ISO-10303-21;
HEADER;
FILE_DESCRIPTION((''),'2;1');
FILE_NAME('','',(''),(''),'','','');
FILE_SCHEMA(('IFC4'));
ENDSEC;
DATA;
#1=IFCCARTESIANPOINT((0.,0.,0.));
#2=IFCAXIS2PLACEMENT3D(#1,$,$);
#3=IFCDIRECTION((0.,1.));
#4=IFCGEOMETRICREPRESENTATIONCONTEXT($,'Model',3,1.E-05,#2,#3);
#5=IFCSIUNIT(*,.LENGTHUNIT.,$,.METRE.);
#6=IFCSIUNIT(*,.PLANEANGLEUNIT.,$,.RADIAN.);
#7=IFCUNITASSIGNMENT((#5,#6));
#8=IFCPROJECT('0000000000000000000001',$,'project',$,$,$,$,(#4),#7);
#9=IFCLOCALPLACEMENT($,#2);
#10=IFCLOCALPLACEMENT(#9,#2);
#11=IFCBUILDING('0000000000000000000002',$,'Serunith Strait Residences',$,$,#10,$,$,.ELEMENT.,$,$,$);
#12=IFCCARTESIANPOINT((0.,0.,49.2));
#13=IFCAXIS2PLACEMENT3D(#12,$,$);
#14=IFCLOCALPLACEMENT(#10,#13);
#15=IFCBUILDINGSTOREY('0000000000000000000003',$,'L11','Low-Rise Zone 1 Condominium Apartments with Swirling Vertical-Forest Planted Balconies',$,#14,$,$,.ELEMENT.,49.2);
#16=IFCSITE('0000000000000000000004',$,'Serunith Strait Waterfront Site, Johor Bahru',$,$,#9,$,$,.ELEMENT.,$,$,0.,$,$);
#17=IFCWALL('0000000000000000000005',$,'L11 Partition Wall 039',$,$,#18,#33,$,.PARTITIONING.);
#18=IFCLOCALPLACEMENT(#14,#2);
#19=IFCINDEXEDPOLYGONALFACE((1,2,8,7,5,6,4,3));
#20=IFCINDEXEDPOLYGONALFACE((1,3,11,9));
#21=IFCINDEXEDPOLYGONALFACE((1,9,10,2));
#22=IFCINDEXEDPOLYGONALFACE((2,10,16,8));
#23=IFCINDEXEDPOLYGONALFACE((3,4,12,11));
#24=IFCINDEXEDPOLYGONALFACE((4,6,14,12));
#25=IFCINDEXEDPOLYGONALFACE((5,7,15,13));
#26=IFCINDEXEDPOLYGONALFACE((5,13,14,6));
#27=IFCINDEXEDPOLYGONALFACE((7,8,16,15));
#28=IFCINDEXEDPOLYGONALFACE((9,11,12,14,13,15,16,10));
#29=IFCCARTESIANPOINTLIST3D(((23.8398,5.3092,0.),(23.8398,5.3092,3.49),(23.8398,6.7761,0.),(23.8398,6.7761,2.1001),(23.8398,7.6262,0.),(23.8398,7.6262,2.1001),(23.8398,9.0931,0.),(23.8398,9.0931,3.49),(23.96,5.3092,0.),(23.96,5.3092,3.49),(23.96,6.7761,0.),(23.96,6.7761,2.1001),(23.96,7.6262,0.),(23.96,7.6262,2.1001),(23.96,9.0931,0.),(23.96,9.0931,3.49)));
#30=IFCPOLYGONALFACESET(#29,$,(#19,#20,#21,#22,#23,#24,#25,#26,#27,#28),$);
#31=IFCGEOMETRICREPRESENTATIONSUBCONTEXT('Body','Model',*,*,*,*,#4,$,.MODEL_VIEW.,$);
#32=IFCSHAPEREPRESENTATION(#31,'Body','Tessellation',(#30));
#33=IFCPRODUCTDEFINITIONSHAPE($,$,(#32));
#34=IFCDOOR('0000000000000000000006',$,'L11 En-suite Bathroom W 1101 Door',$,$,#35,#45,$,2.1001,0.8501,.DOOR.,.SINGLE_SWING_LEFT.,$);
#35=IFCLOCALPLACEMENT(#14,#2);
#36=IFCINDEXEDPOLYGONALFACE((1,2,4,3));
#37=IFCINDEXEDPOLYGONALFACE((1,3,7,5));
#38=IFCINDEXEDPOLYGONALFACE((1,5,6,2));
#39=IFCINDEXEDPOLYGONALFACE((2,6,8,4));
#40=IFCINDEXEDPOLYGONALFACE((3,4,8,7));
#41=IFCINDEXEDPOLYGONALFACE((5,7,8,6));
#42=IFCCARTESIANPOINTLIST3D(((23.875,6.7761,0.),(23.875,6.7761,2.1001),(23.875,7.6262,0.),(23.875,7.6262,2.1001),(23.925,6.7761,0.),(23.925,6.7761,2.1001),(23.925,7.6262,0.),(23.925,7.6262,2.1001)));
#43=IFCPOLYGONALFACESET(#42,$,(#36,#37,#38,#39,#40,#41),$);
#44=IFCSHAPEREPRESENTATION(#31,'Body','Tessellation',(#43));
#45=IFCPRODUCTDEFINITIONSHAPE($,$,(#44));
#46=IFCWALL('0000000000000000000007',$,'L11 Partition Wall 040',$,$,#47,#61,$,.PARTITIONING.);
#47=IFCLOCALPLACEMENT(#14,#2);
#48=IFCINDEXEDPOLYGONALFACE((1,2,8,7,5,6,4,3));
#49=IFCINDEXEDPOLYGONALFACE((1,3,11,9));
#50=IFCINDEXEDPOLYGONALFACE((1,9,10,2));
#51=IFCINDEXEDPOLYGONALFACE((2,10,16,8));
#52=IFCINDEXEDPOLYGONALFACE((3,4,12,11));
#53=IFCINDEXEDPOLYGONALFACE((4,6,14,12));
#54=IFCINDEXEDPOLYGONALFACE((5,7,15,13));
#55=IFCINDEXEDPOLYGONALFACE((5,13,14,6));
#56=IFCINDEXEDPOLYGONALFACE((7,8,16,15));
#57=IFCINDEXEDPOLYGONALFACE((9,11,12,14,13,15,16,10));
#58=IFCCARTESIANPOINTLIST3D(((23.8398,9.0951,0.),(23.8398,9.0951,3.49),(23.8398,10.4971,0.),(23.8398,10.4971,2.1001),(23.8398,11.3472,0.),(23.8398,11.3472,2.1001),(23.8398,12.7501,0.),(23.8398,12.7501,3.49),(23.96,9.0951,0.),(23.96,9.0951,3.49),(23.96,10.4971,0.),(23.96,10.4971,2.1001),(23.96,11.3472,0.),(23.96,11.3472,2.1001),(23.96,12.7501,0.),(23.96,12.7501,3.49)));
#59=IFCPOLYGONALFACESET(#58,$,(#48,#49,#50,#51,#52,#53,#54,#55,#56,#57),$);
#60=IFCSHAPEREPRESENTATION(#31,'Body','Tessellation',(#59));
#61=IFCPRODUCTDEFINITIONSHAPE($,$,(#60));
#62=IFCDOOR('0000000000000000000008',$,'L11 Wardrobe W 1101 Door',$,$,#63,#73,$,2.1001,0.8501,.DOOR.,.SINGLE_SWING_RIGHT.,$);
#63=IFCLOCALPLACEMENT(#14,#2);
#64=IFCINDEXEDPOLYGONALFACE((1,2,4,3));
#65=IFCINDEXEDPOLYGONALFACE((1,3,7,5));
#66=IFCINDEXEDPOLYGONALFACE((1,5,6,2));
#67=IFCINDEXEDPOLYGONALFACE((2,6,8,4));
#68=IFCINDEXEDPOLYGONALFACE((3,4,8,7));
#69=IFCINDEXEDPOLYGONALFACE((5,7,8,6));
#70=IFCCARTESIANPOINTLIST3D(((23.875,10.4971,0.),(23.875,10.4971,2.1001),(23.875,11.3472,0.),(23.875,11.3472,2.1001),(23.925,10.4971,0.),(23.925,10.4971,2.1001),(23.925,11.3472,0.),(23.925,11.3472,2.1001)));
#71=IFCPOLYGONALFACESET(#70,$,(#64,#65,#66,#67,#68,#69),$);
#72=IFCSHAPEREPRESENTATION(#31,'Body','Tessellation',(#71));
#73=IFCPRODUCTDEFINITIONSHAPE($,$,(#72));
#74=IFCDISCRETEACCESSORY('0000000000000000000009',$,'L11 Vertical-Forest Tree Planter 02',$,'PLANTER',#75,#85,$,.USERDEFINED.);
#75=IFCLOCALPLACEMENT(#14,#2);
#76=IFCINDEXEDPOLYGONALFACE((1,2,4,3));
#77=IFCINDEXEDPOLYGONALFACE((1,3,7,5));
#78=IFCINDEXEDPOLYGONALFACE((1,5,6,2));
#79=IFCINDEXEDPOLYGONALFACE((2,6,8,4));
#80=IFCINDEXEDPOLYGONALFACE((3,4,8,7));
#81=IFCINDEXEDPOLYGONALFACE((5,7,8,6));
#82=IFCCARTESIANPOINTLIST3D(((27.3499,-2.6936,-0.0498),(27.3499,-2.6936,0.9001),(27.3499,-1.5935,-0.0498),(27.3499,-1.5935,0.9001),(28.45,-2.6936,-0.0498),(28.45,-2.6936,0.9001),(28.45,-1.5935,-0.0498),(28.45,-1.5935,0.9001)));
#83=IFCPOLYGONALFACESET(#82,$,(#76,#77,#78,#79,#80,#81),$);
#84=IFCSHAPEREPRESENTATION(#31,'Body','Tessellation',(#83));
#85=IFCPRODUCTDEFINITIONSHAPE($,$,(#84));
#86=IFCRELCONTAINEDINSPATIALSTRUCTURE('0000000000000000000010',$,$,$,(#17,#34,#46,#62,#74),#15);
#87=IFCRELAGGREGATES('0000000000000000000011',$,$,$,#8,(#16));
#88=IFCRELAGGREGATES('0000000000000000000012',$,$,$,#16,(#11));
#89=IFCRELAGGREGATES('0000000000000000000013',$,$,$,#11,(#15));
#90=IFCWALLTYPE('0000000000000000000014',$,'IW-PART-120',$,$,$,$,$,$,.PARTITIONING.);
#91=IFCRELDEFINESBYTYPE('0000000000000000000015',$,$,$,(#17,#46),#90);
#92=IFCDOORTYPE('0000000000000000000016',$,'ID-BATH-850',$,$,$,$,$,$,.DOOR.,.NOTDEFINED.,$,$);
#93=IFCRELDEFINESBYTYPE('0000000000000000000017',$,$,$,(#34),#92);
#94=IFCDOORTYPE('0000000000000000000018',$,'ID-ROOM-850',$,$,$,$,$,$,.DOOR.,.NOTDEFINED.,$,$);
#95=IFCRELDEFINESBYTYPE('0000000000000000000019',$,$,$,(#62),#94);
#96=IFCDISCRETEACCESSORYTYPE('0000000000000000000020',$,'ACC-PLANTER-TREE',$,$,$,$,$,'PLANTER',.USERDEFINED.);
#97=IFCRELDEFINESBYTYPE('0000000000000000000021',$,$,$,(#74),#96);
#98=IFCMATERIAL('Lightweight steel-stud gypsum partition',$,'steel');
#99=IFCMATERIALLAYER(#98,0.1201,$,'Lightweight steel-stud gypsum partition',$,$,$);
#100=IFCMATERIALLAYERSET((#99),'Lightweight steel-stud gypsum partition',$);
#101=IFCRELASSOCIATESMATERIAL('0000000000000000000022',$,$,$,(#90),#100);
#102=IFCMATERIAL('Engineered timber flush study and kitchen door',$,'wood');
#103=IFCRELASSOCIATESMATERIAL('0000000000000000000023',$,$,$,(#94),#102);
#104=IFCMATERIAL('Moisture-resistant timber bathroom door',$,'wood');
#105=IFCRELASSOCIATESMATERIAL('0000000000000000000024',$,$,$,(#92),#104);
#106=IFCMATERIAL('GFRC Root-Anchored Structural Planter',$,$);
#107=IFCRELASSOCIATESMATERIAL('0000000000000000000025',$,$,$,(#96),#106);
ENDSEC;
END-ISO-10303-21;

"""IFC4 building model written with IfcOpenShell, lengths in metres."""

from ifc_helpers import new_model, si_unit, direction, frame, frame_2d, origin, origin_2d, place, context, subcontext, project, spatial, rectangle, extrude, source, transform, mapped, material, layer, layer_set, type_object, element, fill, save


model = new_model("IFC4")

# Units and contexts
model_context = context("Model", 3, precision=1e-05, world=origin(), true_north=direction((0.0, 1.0)))
body_context = subcontext(model_context, "Body", "Model", "MODEL_VIEW")
ifc_project = project(units=[si_unit("LENGTHUNIT", "METRE"), si_unit("PLANEANGLEUNIT", "RADIAN")], contexts=[model_context])

# Site, building, storey
site_placement = place(None, origin())
site = spatial("IfcSite", under=ifc_project, at=site_placement, Name="Serunith Strait Waterfront Site, Johor Bahru", CompositionType="ELEMENT", RefElevation=0.0)
building_placement = place(site_placement, origin())
building = spatial("IfcBuilding", under=site, at=building_placement, Name="Serunith Strait Residences", CompositionType="ELEMENT")
storey_placement = place(building_placement, frame((0.0, 0.0, 49.2)))
storey = spatial("IfcBuildingStorey", under=building, at=storey_placement, Name="L11", Description="Low-Rise Zone 1 Condominium Apartments with Swirling Vertical-Forest Planted Balconies", CompositionType="ELEMENT", Elevation=49.2)

# Shared definitions
ifc_material_1 = material(Name="Lightweight steel-stud gypsum partition", Category="steel")
ifc_layer_1 = layer(ifc_material_1, 0.1201, Name="Lightweight steel-stud gypsum partition")
ifc_layer_set_1 = layer_set([ifc_layer_1], Name="Lightweight steel-stud gypsum partition")
wall_type = type_object("IfcWallType", Name="IW-PART-120", PredefinedType="PARTITIONING", material=ifc_layer_set_1)
ifc_material_2 = material(Name="Engineered timber flush study and kitchen door", Category="wood")
door_type_1 = type_object("IfcDoorType", Name="ID-ROOM-850", OperationType="NOTDEFINED", PredefinedType="DOOR", material=ifc_material_2)
shared_shape_1 = source(origin(), body_context, "Body", "SweptSolid", [
    extrude(rectangle(XDim=0.8501, YDim=2.1001, at=frame_2d((0.425, 1.05))), frame((0.0, 0.0249, 0.0), z_axis=(0.0, -1.0, 0.0), x_axis=(1.0, 0.0, 0.0)), (0.0, 0.0, 1.0), 0.05),
])

# Walls, openings, doors
ifc_material_3 = material(Name="Moisture-resistant timber bathroom door", Category="wood")
door_type_2 = type_object("IfcDoorType", Name="ID-BATH-850", OperationType="NOTDEFINED", PredefinedType="DOOR", material=ifc_material_3)
wall_1_placement = place(storey_placement, frame((23.8999, 5.3091, 0.0), z_axis=(0.0, 0.0, 1.0), x_axis=(0.0, 1.0, 0.0)))
wall_1 = element("IfcWall", 1, at=wall_1_placement, inside=storey, type_object=wall_type, Name="L11 Partition Wall 039", PredefinedType="PARTITIONING", context=body_context, shape_type="SweptSolid", body=[
    extrude(rectangle(XDim=3.7839, YDim=0.1201, at=frame_2d((1.8921, 0.0))), origin(), (0.0, 0.0, 1.0), 3.49),
])
opening_1_placement = place(wall_1_placement, frame((1.467, 0.0, 0.0)))
opening_1 = element("IfcOpeningElement", 2, at=opening_1_placement, cuts=wall_1, PredefinedType="OPENING", context=body_context, shape_type="SweptSolid", body=[
    extrude(rectangle(XDim=0.8501, YDim=2.1001, at=frame_2d((0.425, 1.05))), frame((0.0, 0.0701, 0.0), z_axis=(0.0, -1.0, 0.0), x_axis=(1.0, 0.0, 0.0)), (0.0, 0.0, 1.0), 0.1401),
])
door_1_placement = place(opening_1_placement, origin())
door_1 = element("IfcDoor", 3, at=door_1_placement, inside=storey, type_object=door_type_2, Name="L11 En-suite Bathroom W 1101 Door", OperationType="SINGLE_SWING_LEFT", OverallHeight=2.1001, OverallWidth=0.8501, PredefinedType="DOOR", context=body_context, shape_type="MappedRepresentation", body=[
    mapped(shared_shape_1, transform((0.0, 0.0, 0.0), scale=1.0)),
])
fill(opening_1, door_1)
wall_2_placement = place(storey_placement, frame((23.8999, 9.095, 0.0), z_axis=(0.0, 0.0, 1.0), x_axis=(0.0, 1.0, 0.0)))
wall_2 = element("IfcWall", 4, at=wall_2_placement, inside=storey, type_object=wall_type, Name="L11 Partition Wall 040", PredefinedType="PARTITIONING", context=body_context, shape_type="SweptSolid", body=[
    extrude(rectangle(XDim=3.655, YDim=0.1201, at=frame_2d((1.8276, 0.0))), origin(), (0.0, 0.0, 1.0), 3.49),
])
opening_2_placement = place(wall_2_placement, frame((1.4021, 0.0, 0.0)))
opening_2 = element("IfcOpeningElement", 5, at=opening_2_placement, cuts=wall_2, PredefinedType="OPENING", context=body_context, shape_type="SweptSolid", body=[
    extrude(rectangle(XDim=0.8501, YDim=2.1001, at=frame_2d((0.425, 1.05))), frame((0.0, 0.0701, 0.0), z_axis=(0.0, -1.0, 0.0), x_axis=(1.0, 0.0, 0.0)), (0.0, 0.0, 1.0), 0.1401),
])
door_2_placement = place(opening_2_placement, origin())
door_2 = element("IfcDoor", 6, at=door_2_placement, inside=storey, type_object=door_type_1, Name="L11 Wardrobe W 1101 Door", OperationType="SINGLE_SWING_RIGHT", OverallHeight=2.1001, OverallWidth=0.8501, PredefinedType="DOOR", context=body_context, shape_type="MappedRepresentation", body=[
    mapped(shared_shape_1, transform((0.0, 0.0, 0.0), scale=1.0)),
])
fill(opening_2, door_2)

# Discrete accessory
ifc_material_4 = material(Name="GFRC Root-Anchored Structural Planter")
discrete_accessory_type = type_object("IfcDiscreteAccessoryType", Name="ACC-PLANTER-TREE", ElementType="PLANTER", PredefinedType="USERDEFINED", material=ifc_material_4)
shared_shape_2 = source(origin(), body_context, "Body", "SweptSolid", [
    extrude(rectangle(XDim=1.1001, YDim=1.1001, at=origin_2d()), origin(), (0.0, 0.0, 1.0), 0.95),
])
discrete_accessory_placement = place(storey_placement, frame((27.8999, -2.1436, -0.0498), z_axis=(0.0, 0.0, 1.0), x_axis=(1.0, 0.0, 0.0)))
element("IfcDiscreteAccessory", 7, at=discrete_accessory_placement, inside=storey, type_object=discrete_accessory_type, Name="L11 Vertical-Forest Tree Planter 02", ObjectType="PLANTER", PredefinedType="USERDEFINED", context=body_context, shape_type="MappedRepresentation", body=[
    mapped(shared_shape_2, transform((0.0, 0.0, 0.0), scale=1.0)),
])

save(model, "model.ifc")
